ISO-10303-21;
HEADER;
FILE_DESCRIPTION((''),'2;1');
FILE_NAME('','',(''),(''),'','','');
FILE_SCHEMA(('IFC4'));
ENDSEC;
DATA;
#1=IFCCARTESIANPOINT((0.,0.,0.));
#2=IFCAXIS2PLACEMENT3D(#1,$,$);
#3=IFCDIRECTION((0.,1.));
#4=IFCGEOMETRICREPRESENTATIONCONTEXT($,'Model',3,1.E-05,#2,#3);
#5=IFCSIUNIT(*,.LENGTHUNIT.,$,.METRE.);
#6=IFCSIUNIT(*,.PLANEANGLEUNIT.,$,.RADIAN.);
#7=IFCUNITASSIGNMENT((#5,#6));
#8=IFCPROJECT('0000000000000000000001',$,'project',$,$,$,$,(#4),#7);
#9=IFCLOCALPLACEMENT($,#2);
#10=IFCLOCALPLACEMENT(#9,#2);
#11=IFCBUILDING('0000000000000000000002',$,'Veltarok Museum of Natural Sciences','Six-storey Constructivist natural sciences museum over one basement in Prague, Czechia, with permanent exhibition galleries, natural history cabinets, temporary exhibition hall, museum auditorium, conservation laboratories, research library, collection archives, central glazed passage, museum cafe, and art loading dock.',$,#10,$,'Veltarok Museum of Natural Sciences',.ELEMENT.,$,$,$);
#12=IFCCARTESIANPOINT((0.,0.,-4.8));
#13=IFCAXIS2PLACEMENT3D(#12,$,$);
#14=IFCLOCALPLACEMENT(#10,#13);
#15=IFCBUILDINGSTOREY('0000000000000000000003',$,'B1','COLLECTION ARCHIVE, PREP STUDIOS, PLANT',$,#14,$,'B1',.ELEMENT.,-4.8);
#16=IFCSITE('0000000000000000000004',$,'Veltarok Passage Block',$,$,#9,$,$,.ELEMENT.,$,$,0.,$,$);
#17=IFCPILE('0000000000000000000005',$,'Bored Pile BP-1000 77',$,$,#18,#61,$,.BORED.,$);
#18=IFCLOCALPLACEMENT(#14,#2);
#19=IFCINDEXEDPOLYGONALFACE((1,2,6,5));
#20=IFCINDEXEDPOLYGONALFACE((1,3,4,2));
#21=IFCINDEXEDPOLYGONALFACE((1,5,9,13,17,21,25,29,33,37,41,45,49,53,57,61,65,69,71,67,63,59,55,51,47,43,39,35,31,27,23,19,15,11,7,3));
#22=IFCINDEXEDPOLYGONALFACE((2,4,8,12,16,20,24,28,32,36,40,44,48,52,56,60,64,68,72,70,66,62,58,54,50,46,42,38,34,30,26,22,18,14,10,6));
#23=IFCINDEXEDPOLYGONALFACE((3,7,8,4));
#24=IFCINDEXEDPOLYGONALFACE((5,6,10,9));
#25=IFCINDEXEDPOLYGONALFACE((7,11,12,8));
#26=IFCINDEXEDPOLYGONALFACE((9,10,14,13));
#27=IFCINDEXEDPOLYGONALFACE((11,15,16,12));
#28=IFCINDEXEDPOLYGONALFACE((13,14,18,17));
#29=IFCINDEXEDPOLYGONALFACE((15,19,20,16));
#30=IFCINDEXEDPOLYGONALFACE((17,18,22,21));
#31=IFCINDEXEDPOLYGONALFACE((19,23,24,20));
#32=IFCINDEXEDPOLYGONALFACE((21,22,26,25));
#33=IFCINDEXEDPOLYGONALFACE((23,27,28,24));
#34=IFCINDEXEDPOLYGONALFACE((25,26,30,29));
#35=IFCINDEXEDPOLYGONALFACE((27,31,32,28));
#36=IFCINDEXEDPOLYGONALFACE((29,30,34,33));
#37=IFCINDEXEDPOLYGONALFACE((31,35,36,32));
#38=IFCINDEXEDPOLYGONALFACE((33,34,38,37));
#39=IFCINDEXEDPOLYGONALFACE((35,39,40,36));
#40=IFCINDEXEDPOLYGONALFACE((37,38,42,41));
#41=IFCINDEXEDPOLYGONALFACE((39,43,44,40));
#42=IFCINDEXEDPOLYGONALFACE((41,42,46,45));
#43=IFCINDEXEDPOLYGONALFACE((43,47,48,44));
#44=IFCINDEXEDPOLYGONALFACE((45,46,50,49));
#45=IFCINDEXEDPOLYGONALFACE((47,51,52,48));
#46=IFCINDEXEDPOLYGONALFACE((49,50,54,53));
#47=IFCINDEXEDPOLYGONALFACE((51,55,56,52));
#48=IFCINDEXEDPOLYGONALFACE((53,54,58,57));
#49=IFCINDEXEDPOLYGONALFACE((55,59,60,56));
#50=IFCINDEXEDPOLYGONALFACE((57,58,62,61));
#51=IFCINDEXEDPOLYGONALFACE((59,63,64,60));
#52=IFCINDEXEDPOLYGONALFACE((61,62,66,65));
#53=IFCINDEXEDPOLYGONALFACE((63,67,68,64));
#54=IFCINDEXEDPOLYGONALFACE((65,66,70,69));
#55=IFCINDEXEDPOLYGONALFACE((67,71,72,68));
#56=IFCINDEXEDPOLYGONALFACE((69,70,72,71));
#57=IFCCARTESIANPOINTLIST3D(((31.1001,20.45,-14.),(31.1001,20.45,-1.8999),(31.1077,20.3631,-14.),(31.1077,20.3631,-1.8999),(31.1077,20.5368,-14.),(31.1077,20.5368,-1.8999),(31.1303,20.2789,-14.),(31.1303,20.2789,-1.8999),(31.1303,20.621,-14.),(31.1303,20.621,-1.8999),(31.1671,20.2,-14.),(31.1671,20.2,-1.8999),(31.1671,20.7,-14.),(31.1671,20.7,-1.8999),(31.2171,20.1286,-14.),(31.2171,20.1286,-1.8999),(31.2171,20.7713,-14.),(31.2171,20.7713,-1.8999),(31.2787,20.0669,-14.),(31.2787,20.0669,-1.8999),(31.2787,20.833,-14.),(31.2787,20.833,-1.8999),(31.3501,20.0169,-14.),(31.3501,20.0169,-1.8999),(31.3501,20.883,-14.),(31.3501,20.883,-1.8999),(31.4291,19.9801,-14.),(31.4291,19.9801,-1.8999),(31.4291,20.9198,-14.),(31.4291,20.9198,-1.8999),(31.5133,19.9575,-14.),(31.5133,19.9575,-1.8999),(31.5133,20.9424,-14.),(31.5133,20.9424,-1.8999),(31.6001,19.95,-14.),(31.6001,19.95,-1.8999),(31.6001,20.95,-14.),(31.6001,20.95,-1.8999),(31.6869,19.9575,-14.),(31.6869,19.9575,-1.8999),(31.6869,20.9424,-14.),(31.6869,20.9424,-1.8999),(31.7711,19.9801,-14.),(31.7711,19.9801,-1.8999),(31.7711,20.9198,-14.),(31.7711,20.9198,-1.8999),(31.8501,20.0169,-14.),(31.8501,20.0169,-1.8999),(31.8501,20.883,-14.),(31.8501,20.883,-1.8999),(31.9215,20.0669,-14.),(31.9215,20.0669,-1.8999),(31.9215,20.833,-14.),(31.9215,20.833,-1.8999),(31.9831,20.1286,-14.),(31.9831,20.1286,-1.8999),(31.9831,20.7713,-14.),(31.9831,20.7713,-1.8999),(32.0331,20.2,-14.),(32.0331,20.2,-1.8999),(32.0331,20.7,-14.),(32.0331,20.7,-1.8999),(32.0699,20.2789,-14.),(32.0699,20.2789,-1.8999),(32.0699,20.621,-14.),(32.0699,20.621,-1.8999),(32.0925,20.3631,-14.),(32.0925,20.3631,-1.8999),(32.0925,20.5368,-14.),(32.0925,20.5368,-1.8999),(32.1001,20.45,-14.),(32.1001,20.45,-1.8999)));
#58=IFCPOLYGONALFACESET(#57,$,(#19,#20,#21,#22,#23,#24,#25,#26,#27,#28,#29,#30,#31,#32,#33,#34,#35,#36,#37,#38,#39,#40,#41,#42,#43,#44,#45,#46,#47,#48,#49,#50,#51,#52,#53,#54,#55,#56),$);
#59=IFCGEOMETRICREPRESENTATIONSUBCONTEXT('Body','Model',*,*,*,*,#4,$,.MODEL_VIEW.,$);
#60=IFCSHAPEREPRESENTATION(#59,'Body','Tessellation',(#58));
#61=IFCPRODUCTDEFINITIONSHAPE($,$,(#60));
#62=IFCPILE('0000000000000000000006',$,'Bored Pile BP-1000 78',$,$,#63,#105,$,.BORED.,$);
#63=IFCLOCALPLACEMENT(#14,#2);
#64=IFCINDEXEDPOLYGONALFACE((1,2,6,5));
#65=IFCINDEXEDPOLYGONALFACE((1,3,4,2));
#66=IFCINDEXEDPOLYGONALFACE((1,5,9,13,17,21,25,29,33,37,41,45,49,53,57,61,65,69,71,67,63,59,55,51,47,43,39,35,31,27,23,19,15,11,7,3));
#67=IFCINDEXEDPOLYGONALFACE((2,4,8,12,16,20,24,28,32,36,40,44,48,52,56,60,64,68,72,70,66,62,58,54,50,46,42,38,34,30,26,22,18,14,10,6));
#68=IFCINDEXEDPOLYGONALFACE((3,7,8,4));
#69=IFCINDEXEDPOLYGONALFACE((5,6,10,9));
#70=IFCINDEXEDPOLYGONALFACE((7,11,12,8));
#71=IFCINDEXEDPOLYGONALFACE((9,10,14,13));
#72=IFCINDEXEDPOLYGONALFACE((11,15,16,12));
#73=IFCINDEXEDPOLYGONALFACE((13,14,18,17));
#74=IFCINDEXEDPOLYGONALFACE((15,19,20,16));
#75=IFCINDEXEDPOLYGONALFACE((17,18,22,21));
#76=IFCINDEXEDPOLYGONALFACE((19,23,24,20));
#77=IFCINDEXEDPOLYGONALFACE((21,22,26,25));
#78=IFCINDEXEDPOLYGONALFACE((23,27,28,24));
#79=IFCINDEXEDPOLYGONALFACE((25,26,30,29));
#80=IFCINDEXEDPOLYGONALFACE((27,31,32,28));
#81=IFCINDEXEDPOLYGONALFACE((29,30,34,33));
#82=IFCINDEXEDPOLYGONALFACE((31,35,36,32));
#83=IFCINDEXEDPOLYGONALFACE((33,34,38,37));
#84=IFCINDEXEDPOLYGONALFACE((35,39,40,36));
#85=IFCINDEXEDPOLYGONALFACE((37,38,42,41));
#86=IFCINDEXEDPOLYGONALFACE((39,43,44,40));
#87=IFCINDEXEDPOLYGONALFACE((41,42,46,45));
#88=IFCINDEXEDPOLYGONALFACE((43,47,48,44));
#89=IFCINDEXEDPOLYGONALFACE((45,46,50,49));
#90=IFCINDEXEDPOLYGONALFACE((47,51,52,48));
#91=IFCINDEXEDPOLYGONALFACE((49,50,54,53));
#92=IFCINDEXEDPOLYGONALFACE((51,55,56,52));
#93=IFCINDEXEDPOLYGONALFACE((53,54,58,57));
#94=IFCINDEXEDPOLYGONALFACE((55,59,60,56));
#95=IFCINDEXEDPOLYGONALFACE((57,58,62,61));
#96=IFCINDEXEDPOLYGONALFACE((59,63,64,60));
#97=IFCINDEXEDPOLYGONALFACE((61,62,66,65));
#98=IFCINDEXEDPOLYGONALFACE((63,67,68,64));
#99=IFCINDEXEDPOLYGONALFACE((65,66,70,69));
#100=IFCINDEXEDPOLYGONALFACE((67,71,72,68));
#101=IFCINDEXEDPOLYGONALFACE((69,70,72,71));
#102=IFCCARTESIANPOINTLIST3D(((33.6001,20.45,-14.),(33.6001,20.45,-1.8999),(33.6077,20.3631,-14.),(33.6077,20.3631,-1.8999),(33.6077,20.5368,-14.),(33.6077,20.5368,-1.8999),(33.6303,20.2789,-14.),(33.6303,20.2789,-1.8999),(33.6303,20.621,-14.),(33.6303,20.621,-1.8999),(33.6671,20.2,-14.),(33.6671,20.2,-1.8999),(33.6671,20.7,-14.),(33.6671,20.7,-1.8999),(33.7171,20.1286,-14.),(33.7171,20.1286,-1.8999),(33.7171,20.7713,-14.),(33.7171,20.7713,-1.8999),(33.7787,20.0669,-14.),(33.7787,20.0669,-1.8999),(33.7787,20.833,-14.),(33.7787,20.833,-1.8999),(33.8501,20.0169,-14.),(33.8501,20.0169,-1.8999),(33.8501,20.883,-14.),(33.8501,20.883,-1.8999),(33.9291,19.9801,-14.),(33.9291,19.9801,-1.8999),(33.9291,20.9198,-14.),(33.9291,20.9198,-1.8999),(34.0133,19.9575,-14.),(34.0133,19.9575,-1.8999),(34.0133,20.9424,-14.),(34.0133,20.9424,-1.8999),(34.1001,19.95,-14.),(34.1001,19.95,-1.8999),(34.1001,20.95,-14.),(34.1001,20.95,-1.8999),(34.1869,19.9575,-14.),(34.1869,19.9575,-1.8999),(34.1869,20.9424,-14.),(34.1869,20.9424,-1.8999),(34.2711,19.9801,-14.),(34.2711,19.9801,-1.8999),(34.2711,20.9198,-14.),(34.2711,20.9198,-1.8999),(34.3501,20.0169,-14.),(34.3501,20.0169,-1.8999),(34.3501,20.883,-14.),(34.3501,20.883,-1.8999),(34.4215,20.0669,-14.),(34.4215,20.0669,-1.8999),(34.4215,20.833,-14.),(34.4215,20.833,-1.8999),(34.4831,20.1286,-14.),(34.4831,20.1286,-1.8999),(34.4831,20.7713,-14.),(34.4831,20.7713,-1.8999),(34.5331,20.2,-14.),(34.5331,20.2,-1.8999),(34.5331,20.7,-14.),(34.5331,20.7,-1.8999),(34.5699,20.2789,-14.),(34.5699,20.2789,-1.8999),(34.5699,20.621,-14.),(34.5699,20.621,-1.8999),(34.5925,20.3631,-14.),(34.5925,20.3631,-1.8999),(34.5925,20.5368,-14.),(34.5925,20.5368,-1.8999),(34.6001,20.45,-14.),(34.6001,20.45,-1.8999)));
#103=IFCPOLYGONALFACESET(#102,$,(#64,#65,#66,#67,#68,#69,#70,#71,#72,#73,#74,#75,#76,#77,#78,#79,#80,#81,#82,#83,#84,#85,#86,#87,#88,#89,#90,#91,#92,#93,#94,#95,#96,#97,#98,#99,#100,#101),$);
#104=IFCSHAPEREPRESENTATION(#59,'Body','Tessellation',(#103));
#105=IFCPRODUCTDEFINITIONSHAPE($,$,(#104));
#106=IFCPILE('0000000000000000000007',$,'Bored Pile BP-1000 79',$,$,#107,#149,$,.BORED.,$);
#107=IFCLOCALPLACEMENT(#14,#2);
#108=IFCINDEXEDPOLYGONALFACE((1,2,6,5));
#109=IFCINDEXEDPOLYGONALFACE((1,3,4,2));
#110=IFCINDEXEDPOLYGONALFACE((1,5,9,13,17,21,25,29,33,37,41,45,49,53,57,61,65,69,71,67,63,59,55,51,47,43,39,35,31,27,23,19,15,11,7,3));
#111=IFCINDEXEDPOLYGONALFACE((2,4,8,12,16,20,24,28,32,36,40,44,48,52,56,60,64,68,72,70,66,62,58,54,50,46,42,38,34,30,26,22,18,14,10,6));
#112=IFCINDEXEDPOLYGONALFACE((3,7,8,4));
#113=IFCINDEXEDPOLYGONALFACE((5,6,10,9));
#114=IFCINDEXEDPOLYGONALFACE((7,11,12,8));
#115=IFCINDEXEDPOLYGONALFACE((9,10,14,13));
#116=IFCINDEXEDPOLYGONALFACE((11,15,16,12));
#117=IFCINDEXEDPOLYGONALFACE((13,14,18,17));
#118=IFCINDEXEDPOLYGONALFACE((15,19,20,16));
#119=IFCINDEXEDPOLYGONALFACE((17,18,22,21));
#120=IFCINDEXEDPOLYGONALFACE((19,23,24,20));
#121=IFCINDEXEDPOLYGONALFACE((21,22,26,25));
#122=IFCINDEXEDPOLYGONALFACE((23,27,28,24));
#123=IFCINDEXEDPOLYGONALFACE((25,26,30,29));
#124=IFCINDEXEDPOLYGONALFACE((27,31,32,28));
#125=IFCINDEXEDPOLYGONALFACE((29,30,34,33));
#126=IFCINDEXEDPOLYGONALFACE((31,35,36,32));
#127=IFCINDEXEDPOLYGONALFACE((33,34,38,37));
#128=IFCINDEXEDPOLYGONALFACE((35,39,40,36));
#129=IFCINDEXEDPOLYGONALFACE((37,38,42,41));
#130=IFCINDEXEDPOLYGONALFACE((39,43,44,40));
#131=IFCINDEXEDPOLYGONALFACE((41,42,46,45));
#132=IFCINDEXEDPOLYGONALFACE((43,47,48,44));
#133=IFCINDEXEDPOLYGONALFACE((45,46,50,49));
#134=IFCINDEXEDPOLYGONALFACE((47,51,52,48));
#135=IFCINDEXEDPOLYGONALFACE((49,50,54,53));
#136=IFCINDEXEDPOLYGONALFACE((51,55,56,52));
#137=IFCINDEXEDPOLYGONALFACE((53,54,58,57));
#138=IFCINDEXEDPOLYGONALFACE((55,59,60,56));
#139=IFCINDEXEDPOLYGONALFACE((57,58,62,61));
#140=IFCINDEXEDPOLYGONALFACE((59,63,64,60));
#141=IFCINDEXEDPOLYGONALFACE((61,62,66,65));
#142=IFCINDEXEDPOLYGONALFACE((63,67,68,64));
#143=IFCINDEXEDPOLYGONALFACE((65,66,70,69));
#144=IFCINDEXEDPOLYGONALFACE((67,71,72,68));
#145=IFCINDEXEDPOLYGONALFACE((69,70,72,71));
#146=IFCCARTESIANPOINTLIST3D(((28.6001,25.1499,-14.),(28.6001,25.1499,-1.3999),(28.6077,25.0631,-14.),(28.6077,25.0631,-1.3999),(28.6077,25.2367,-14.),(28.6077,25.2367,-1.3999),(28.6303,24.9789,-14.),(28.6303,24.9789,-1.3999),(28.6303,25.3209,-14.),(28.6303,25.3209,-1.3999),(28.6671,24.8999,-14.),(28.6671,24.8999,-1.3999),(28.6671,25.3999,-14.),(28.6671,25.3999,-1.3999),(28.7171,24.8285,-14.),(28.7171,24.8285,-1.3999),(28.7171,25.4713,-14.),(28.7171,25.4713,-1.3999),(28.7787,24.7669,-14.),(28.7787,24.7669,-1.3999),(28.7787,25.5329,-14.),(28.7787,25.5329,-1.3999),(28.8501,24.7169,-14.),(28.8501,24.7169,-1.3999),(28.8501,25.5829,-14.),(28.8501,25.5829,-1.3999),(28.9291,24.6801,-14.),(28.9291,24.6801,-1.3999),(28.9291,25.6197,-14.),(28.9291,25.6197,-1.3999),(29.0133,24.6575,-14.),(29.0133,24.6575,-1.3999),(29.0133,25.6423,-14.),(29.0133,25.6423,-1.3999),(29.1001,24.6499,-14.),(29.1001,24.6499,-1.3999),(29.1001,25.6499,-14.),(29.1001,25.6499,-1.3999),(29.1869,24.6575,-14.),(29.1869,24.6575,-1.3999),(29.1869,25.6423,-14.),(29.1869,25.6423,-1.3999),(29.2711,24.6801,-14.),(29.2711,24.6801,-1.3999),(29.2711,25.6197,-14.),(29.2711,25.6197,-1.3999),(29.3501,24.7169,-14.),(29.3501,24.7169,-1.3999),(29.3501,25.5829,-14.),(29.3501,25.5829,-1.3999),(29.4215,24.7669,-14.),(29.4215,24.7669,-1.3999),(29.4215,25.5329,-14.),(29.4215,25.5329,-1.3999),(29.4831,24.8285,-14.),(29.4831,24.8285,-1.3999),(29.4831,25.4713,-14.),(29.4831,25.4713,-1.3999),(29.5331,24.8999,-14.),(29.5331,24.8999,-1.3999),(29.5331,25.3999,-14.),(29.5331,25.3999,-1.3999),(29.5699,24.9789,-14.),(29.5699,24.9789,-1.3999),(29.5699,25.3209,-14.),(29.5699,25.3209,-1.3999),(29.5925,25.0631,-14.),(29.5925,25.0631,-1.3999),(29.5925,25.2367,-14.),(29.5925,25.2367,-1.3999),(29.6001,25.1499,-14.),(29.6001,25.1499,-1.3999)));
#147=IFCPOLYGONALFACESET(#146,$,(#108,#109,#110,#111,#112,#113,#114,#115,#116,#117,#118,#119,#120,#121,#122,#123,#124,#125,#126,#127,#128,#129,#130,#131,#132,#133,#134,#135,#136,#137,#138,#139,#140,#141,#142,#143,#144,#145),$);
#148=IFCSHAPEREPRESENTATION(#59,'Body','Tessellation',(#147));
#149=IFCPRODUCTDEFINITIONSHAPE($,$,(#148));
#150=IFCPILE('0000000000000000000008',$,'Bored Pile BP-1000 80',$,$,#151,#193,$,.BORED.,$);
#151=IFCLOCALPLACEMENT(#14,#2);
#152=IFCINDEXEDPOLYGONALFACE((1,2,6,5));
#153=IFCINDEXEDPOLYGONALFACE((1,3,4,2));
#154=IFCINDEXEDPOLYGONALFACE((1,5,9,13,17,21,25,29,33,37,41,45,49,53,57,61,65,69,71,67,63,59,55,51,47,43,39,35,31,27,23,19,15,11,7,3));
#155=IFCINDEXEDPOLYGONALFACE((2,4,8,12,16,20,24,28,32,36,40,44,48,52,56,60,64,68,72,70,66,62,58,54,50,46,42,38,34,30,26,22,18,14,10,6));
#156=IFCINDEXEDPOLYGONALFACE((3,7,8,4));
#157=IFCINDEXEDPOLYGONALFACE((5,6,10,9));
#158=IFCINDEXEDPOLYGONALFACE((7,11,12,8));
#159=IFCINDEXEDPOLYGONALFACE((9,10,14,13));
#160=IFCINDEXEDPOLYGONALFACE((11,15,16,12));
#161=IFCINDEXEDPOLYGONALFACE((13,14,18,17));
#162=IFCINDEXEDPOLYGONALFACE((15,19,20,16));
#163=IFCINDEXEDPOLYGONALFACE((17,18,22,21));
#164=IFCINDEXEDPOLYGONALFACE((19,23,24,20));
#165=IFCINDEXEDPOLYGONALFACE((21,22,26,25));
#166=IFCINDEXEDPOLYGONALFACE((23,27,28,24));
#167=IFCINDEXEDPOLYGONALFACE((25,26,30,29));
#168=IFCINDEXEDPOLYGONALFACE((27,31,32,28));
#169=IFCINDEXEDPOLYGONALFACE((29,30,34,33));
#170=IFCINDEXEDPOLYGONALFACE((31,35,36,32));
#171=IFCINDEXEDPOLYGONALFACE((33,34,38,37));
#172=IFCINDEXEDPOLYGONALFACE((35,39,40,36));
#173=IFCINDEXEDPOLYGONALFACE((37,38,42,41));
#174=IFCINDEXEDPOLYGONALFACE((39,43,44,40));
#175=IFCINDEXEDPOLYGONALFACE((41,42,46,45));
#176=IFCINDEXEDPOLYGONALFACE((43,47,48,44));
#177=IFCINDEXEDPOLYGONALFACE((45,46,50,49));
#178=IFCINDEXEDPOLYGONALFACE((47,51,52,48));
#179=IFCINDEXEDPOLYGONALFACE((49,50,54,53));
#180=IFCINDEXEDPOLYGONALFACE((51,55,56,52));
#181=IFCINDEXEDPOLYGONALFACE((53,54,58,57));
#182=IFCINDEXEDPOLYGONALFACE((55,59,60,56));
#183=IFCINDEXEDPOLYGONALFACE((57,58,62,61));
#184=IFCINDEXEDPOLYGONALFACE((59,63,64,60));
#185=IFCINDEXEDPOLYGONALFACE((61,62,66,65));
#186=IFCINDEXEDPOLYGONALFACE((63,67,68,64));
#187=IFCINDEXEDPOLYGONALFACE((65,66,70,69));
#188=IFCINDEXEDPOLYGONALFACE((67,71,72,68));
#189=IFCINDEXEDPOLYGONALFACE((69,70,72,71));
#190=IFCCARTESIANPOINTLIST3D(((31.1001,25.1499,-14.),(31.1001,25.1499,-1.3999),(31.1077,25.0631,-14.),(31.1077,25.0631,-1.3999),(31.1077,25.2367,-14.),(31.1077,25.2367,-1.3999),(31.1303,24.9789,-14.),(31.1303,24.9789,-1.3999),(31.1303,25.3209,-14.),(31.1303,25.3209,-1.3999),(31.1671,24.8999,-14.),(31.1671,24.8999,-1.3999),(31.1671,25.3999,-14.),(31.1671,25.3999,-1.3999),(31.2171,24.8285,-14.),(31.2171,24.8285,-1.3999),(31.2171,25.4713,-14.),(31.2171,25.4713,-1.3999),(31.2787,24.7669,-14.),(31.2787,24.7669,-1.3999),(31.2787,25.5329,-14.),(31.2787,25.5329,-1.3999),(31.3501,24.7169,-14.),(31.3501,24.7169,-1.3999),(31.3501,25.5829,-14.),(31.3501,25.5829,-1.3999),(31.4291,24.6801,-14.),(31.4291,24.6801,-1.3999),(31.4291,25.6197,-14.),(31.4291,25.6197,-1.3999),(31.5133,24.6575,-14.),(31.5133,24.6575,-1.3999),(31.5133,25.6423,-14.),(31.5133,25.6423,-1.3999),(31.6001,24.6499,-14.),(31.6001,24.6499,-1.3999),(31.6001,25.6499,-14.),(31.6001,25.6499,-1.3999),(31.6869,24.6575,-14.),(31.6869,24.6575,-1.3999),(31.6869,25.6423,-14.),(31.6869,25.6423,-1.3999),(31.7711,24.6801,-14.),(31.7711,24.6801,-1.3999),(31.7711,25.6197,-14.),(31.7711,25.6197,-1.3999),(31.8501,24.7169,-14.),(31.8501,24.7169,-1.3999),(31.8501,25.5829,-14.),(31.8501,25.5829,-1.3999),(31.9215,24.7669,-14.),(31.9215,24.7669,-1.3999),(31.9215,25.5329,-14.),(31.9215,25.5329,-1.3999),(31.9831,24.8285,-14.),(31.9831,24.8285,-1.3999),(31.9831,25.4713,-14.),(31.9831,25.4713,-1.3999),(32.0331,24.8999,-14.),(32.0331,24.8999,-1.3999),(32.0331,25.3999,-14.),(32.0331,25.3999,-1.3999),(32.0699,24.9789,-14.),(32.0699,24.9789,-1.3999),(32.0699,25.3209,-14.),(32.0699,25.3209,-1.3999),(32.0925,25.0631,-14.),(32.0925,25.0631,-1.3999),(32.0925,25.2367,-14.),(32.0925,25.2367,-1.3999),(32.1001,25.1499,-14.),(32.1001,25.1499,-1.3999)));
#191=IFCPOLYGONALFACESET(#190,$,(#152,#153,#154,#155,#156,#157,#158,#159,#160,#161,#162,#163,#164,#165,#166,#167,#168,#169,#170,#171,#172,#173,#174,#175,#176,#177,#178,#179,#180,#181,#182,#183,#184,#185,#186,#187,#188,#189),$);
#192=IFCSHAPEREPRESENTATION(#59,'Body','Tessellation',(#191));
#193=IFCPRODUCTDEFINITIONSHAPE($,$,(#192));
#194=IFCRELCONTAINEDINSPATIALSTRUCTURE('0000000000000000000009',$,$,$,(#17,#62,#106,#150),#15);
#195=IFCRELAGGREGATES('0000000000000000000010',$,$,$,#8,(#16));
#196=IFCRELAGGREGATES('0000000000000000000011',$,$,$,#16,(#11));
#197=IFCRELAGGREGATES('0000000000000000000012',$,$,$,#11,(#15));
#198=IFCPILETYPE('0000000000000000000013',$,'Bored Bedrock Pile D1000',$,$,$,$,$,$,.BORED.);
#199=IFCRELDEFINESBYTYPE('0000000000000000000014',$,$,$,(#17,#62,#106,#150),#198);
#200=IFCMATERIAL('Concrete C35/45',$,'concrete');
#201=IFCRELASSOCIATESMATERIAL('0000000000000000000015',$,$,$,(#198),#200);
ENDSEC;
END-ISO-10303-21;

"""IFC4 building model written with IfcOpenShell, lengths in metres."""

from ifc_helpers import new_model, si_unit, direction, frame, origin, origin_2d, place, context, subcontext, project, spatial, circle, extrude, material, material_profile, profile_set, type_object, element, save


model = new_model("IFC4")

# Units and contexts
model_context = context("Model", 3, precision=1e-05, world=origin(), true_north=direction((0.0, 1.0)))
body_context = subcontext(model_context, "Body", "Model", "MODEL_VIEW")
ifc_project = project(units=[si_unit("LENGTHUNIT", "METRE"), si_unit("PLANEANGLEUNIT", "RADIAN")], contexts=[model_context])

# Site, building, storey
site_placement = place(None, origin())
site = spatial("IfcSite", under=ifc_project, at=site_placement, Name="Veltarok Passage Block", CompositionType="ELEMENT", RefElevation=0.0)
building_placement = place(site_placement, origin())
building = spatial("IfcBuilding", under=site, at=building_placement, Name="Veltarok Museum of Natural Sciences", Description="Six-storey Constructivist natural sciences museum over one basement in Prague, Czechia, with permanent exhibition galleries, natural history cabinets, temporary exhibition hall, museum auditorium, conservation laboratories, research library, collection archives, central glazed passage, museum cafe, and art loading dock.", LongName="Veltarok Museum of Natural Sciences", CompositionType="ELEMENT")
storey_placement = place(building_placement, frame((0.0, 0.0, -4.8)))
storey = spatial("IfcBuildingStorey", under=building, at=storey_placement, Name="B1", Description="COLLECTION ARCHIVE, PREP STUDIOS, PLANT", LongName="B1", CompositionType="ELEMENT", Elevation=-4.8)

# Piles
ifc_material_1 = material(Name="Concrete C35/45", Category="concrete")
ifc_material_profile_1 = material_profile(ifc_material_1, circle(Radius=0.5, at=origin_2d()), Name="BP D1000")
ifc_profile_set_1 = profile_set([ifc_material_profile_1], Name="Concrete C35/45")
pile_type_1 = type_object("IfcPileType", Name="Bored Bedrock Pile D1000", PredefinedType="BORED", material=ifc_profile_set_1)
for number, where, z_axis, x_axis, name in (
    (1, (31.6001, 20.45, -1.8999), (0.0, 0.0, -1.0), (1.0, 0.0, 0.0), "Bored Pile BP-1000 77"),
    (2, (34.1001, 20.45, -1.8999), (0.0, 0.0, -1.0), (1.0, 0.0, 0.0), "Bored Pile BP-1000 78"),
):
    element("IfcPile", number, at=place(storey_placement, frame(where, z_axis=z_axis, x_axis=x_axis)), inside=storey, type_object=pile_type_1, Name=name, PredefinedType="BORED", context=body_context, shape_type="SweptSolid", body=[
        extrude(circle(Radius=0.5, at=origin_2d()), origin(), (0.0, 0.0, 1.0), 12.1001),
    ])
for number, where, z_axis, x_axis, name in (
    (3, (29.1001, 25.1499, -1.3999), (0.0, 0.0, -1.0), (1.0, 0.0, 0.0), "Bored Pile BP-1000 79"),
    (4, (31.6001, 25.1499, -1.3999), (0.0, 0.0, -1.0), (1.0, 0.0, 0.0), "Bored Pile BP-1000 80"),
):
    element("IfcPile", number, at=place(storey_placement, frame(where, z_axis=z_axis, x_axis=x_axis)), inside=storey, type_object=pile_type_1, Name=name, PredefinedType="BORED", context=body_context, shape_type="SweptSolid", body=[
        extrude(circle(Radius=0.5, at=origin_2d()), origin(), (0.0, 0.0, 1.0), 12.6001),
    ])

save(model, "model.ifc")
